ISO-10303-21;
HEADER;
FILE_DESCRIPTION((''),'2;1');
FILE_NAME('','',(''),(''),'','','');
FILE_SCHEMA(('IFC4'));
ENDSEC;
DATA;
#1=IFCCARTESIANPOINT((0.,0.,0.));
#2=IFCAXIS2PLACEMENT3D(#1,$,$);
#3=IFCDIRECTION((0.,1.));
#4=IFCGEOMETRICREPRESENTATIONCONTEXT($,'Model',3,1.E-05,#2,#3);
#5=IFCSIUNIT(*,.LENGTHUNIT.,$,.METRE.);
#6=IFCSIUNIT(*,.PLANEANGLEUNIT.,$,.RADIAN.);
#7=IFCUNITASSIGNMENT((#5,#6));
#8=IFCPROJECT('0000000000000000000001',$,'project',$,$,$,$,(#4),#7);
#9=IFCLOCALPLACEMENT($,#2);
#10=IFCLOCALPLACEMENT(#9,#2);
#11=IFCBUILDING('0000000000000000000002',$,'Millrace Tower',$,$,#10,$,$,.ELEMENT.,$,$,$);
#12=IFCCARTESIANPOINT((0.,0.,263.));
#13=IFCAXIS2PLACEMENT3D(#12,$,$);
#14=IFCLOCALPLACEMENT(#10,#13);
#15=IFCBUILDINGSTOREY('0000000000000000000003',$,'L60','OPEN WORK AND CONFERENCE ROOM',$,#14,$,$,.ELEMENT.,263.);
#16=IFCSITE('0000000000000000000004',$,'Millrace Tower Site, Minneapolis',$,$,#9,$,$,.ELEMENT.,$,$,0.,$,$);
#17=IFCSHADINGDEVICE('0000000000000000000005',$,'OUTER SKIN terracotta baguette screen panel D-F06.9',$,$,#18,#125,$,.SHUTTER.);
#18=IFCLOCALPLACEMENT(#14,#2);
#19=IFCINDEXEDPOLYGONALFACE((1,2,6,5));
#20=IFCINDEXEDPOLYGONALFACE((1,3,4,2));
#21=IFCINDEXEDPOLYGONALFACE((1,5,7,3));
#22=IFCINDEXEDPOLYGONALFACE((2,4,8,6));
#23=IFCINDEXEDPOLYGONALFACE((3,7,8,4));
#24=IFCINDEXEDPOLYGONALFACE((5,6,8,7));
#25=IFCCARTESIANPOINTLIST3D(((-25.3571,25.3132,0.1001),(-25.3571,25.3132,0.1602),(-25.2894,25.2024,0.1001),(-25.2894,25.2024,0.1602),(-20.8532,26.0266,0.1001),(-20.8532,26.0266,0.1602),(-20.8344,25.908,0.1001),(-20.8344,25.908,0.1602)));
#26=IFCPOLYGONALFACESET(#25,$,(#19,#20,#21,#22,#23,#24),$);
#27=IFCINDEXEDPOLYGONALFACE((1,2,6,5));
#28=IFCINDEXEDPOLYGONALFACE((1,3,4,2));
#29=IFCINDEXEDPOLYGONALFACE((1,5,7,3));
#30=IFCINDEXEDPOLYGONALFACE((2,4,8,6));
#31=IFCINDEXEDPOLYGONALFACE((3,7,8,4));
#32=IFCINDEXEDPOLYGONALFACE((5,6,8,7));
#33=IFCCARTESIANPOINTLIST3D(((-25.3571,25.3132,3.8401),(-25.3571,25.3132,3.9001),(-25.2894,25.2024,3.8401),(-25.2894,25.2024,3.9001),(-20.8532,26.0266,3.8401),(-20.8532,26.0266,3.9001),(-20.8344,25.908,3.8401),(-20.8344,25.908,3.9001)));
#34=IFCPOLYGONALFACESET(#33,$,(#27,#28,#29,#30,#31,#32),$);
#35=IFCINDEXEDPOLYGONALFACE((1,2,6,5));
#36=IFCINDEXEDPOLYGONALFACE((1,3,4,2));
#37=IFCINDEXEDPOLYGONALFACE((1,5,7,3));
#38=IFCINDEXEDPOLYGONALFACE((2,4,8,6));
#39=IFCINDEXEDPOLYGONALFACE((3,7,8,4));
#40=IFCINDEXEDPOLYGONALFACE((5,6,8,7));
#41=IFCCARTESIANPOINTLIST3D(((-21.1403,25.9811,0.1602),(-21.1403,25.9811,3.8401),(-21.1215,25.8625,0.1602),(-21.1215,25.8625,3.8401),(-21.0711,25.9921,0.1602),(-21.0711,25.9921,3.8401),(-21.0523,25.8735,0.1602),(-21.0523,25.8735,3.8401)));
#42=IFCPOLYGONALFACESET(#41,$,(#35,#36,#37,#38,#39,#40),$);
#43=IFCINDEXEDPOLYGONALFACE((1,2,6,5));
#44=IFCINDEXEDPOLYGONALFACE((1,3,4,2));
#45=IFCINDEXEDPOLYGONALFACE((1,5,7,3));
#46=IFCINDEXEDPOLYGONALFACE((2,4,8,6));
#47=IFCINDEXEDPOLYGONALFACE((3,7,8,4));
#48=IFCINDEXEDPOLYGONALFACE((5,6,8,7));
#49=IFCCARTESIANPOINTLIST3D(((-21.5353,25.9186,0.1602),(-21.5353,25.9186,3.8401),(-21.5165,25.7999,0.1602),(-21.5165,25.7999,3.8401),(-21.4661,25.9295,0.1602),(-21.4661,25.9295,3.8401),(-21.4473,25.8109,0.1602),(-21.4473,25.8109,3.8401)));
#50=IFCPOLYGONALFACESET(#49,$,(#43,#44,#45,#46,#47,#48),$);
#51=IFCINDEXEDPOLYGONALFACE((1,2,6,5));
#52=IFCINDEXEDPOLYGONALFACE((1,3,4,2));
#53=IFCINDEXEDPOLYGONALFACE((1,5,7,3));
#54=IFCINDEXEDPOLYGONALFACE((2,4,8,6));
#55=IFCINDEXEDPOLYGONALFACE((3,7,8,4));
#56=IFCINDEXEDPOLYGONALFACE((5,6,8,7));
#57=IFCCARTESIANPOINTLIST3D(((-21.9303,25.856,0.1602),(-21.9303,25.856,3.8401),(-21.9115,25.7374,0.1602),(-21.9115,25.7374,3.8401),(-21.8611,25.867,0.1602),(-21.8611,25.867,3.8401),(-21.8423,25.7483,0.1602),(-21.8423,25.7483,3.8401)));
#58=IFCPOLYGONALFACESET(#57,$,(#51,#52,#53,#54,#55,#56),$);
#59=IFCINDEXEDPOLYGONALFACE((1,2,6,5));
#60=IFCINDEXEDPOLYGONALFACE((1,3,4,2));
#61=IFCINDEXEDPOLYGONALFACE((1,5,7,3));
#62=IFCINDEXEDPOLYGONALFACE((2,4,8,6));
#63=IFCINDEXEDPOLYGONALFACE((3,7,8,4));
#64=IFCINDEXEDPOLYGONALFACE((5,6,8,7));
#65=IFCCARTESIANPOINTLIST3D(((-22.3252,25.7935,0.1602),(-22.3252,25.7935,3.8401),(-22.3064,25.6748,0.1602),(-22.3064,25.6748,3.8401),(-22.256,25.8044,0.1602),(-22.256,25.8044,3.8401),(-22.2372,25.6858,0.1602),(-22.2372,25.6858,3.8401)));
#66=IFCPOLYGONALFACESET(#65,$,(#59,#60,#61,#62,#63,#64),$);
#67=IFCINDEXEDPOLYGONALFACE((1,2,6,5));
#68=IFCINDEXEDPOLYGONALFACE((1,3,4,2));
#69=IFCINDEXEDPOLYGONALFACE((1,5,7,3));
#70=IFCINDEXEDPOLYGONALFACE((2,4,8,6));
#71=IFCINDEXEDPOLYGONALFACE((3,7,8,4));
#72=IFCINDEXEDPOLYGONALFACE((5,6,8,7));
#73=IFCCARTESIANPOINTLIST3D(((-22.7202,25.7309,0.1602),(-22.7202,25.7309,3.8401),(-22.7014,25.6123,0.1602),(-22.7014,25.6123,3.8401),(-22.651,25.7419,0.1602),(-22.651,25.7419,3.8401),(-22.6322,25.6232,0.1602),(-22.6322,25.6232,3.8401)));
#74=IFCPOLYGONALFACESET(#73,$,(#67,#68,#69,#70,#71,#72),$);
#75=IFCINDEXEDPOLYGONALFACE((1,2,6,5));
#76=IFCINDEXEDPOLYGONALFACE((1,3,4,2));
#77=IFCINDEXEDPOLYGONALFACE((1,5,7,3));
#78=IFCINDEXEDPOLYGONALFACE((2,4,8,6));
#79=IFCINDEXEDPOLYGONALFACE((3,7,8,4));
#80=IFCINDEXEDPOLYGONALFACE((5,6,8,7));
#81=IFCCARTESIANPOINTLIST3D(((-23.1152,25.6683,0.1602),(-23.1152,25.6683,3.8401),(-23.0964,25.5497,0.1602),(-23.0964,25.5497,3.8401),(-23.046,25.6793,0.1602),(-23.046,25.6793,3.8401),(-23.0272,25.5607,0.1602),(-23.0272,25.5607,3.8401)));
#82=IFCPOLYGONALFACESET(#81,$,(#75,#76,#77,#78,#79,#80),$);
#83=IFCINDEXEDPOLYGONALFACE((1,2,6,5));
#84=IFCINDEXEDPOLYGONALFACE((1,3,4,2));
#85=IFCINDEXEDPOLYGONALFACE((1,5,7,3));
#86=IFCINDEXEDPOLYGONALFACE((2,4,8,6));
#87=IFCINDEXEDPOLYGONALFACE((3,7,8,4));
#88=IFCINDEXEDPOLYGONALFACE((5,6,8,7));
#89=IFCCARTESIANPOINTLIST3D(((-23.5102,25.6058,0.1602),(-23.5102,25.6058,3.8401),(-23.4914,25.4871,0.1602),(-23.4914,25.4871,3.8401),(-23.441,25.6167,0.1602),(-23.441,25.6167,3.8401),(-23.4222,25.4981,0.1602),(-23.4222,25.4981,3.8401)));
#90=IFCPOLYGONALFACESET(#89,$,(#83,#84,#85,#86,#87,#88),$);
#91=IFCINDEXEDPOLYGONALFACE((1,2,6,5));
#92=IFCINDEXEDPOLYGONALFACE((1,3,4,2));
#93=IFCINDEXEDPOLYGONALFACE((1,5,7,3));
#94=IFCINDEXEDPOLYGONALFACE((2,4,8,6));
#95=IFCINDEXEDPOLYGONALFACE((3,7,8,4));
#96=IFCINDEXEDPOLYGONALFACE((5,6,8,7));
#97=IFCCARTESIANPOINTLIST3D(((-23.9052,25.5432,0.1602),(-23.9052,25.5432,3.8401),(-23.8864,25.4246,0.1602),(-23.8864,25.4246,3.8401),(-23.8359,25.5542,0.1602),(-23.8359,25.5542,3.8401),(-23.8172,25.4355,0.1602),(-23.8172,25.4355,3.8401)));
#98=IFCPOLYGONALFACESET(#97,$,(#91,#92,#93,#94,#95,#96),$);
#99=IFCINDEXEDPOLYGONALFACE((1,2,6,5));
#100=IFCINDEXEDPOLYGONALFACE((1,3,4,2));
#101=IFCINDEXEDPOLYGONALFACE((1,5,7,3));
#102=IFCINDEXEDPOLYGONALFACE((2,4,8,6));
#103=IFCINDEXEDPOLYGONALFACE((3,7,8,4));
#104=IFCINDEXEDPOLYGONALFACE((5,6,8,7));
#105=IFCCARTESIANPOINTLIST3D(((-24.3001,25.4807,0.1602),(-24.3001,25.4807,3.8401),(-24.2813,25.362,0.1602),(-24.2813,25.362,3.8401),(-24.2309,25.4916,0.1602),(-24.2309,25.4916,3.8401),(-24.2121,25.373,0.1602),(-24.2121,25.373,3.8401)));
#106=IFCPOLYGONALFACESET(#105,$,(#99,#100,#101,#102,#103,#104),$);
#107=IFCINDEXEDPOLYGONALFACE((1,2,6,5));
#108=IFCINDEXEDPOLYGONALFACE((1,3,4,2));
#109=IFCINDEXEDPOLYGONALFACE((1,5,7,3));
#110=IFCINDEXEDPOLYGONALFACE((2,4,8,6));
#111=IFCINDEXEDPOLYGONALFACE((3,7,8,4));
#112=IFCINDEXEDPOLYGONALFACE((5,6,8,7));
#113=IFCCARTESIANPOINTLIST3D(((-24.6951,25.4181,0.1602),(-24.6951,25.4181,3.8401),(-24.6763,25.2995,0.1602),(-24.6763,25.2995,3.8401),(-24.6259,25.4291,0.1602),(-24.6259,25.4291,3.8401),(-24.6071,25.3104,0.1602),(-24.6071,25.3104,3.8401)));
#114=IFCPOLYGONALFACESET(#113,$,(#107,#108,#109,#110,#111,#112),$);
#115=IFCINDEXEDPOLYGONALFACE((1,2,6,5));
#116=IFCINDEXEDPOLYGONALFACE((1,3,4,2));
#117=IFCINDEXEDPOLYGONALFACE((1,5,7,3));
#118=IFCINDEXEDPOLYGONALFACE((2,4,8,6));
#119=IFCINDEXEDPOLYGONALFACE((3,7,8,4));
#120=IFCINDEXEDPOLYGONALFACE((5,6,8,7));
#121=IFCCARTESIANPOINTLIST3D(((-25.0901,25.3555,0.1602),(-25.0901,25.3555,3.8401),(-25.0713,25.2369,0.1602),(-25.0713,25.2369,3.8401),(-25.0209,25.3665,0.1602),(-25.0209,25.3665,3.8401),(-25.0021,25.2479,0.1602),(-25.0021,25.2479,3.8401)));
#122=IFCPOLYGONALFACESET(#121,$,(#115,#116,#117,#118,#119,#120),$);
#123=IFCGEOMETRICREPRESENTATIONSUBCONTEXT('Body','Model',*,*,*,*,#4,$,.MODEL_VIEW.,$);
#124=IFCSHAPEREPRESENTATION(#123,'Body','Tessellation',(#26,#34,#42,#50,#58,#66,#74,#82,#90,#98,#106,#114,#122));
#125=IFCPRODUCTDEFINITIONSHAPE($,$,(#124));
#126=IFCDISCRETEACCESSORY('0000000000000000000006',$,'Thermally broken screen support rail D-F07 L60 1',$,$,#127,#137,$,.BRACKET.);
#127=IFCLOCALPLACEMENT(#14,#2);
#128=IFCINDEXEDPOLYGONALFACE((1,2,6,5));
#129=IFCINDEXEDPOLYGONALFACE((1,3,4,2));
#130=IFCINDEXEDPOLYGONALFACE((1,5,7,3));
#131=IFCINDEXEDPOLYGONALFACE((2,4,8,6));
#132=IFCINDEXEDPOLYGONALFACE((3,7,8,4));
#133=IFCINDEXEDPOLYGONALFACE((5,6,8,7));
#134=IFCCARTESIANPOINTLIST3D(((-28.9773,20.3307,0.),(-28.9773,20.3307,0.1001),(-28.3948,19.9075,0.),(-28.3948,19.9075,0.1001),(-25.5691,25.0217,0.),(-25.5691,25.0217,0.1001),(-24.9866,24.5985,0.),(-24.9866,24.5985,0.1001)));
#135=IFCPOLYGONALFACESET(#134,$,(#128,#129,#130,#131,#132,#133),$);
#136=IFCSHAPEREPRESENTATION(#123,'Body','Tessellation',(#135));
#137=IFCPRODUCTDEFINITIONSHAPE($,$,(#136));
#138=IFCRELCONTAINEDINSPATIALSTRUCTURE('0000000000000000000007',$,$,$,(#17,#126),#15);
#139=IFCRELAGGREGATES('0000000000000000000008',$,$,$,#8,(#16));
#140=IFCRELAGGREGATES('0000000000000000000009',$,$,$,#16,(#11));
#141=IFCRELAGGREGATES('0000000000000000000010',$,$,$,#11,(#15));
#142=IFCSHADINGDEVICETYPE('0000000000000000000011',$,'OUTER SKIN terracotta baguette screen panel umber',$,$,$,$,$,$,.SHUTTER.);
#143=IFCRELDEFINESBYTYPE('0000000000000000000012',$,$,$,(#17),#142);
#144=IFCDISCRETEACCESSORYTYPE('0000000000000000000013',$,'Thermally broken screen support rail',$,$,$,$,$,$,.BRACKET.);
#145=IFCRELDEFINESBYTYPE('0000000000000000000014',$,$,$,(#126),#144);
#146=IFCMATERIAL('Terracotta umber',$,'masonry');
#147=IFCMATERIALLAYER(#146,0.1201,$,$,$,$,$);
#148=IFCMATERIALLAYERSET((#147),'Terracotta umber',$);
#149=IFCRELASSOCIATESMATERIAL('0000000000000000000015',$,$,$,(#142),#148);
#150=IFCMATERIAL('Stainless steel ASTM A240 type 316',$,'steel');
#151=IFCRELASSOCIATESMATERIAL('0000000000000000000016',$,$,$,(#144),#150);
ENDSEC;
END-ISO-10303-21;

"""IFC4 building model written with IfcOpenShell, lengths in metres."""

from ifc_helpers import new_model, entity, si_unit, direction, frame, frame_2d, origin, origin_2d, place, context, subcontext, project, spatial, rectangle, extrude, source, transform, mapped, material, layer, layer_set, type_object, element, save


model = new_model("IFC4")

# Units and contexts
model_context = context("Model", 3, precision=1e-05, world=origin(), true_north=direction((0.0, 1.0)))
body_context = subcontext(model_context, "Body", "Model", "MODEL_VIEW")
ifc_project = project(units=[si_unit("LENGTHUNIT", "METRE"), si_unit("PLANEANGLEUNIT", "RADIAN")], contexts=[model_context])

# Site, building, storey
site_placement = place(None, origin())
site = spatial("IfcSite", under=ifc_project, at=site_placement, Name="Millrace Tower Site, Minneapolis", CompositionType="ELEMENT", RefElevation=0.0)
building_placement = place(site_placement, origin())
building = spatial("IfcBuilding", under=site, at=building_placement, Name="Millrace Tower", CompositionType="ELEMENT")
storey_placement = place(building_placement, frame((0.0, 0.0, 263.0)))
storey = spatial("IfcBuildingStorey", under=building, at=storey_placement, Name="L60", Description="OPEN WORK AND CONFERENCE ROOM", CompositionType="ELEMENT", Elevation=263.0)

# Shading device
ifc_material_1 = material(Name="Terracotta umber", Category="masonry")
ifc_layer_1 = layer(ifc_material_1, 0.1201)
ifc_layer_set_1 = layer_set([ifc_layer_1], Name="Terracotta umber")
shading_device_type = type_object("IfcShadingDeviceType", Name="OUTER SKIN terracotta baguette screen panel umber", PredefinedType="SHUTTER", material=ifc_layer_set_1)
cartesian_point_1 = entity("IfcCartesianPoint", [-2.2676, 0.0601])
shared_polyline_1 = entity("IfcPolyline", [cartesian_point_1, entity("IfcCartesianPoint", [2.2429, 0.0601]), entity("IfcCartesianPoint", [2.2925, -0.0601]), entity("IfcCartesianPoint", [-2.2676, -0.0601]), cartesian_point_1])
shared_shape_1 = source(origin(), body_context, "Body", "SweptSolid", [
    entity("IfcExtrudedAreaSolid", entity("IfcArbitraryClosedProfileDef", "AREA", None, shared_polyline_1), entity("IfcAxis2Placement3D", entity("IfcCartesianPoint", [0.0, 0.0, 0.0])), entity("IfcDirection", [0.0, 0.0, 1.0]), 0.0601),
    entity("IfcExtrudedAreaSolid", entity("IfcArbitraryClosedProfileDef", "AREA", None, shared_polyline_1), entity("IfcAxis2Placement3D", entity("IfcCartesianPoint", [0.0, 0.0, 3.74])), entity("IfcDirection", [0.0, 0.0, 1.0]), 0.0601),
    extrude(rectangle(XDim=0.0701, YDim=0.1201, at=frame_2d((-2.012, 0.0))), frame((0.0, 0.0, 0.0601)), (0.0, 0.0, 1.0), 3.6799),
    extrude(rectangle(XDim=0.0701, YDim=0.1201, at=frame_2d((-1.6121, 0.0))), frame((0.0, 0.0, 0.0601)), (0.0, 0.0, 1.0), 3.6799),
    extrude(rectangle(XDim=0.0701, YDim=0.1201, at=frame_2d((-1.2122, 0.0))), frame((0.0, 0.0, 0.0601)), (0.0, 0.0, 1.0), 3.6799),
    extrude(rectangle(XDim=0.0701, YDim=0.1201, at=frame_2d((-0.8123, 0.0))), frame((0.0, 0.0, 0.0601)), (0.0, 0.0, 1.0), 3.6799),
    extrude(rectangle(XDim=0.0701, YDim=0.1201, at=frame_2d((-0.4124, 0.0))), frame((0.0, 0.0, 0.0601)), (0.0, 0.0, 1.0), 3.6799),
    extrude(rectangle(XDim=0.0701, YDim=0.1201, at=frame_2d((-0.0125, 0.0))), frame((0.0, 0.0, 0.0601)), (0.0, 0.0, 1.0), 3.6799),
    extrude(rectangle(XDim=0.0701, YDim=0.1201, at=frame_2d((0.3875, 0.0))), frame((0.0, 0.0, 0.0601)), (0.0, 0.0, 1.0), 3.6799),
    extrude(rectangle(XDim=0.0701, YDim=0.1201, at=frame_2d((0.7874, 0.0))), frame((0.0, 0.0, 0.0601)), (0.0, 0.0, 1.0), 3.6799),
    extrude(rectangle(XDim=0.0701, YDim=0.1201, at=frame_2d((1.1873, 0.0))), frame((0.0, 0.0, 0.0601)), (0.0, 0.0, 1.0), 3.6799),
    extrude(rectangle(XDim=0.0701, YDim=0.1201, at=frame_2d((1.5872, 0.0))), frame((0.0, 0.0, 0.0601)), (0.0, 0.0, 1.0), 3.6799),
    extrude(rectangle(XDim=0.0701, YDim=0.1201, at=frame_2d((1.9871, 0.0))), frame((0.0, 0.0, 0.0601)), (0.0, 0.0, 1.0), 3.6799),
])
shading_device_1_placement = place(storey_placement, frame((-23.0835, 25.6125, 0.1001), z_axis=(0.0, 0.0, 1.0), x_axis=(-0.987688, -0.156434, 0.0)))
element("IfcShadingDevice", 1, at=shading_device_1_placement, inside=storey, type_object=shading_device_type, Name="OUTER SKIN terracotta baguette screen panel D-F06.9", PredefinedType="SHUTTER", context=body_context, shape_type="MappedRepresentation", body=[
    mapped(shared_shape_1, transform((0.0, 0.0, 0.0), scale=1.0)),
])

# Discrete accessory
ifc_material_2 = material(Name="Stainless steel ASTM A240 type 316", Category="steel")
discrete_accessory_type = type_object("IfcDiscreteAccessoryType", Name="Thermally broken screen support rail", PredefinedType="BRACKET", material=ifc_material_2)
discrete_accessory_placement = place(storey_placement, frame((-26.9819, 22.4646, 0.0), z_axis=(0.0, 0.0, 1.0), x_axis=(-0.587785, -0.809017, 0.0)))
element("IfcDiscreteAccessory", 2, at=discrete_accessory_placement, inside=storey, type_object=discrete_accessory_type, Name="Thermally broken screen support rail D-F07 L60 1", PredefinedType="BRACKET", context=body_context, shape_type="SweptSolid", body=[
    extrude(rectangle(XDim=5.7983, YDim=0.72, at=origin_2d()), origin(), (0.0, 0.0, 1.0), 0.1001),
])

save(model, "model.ifc")
